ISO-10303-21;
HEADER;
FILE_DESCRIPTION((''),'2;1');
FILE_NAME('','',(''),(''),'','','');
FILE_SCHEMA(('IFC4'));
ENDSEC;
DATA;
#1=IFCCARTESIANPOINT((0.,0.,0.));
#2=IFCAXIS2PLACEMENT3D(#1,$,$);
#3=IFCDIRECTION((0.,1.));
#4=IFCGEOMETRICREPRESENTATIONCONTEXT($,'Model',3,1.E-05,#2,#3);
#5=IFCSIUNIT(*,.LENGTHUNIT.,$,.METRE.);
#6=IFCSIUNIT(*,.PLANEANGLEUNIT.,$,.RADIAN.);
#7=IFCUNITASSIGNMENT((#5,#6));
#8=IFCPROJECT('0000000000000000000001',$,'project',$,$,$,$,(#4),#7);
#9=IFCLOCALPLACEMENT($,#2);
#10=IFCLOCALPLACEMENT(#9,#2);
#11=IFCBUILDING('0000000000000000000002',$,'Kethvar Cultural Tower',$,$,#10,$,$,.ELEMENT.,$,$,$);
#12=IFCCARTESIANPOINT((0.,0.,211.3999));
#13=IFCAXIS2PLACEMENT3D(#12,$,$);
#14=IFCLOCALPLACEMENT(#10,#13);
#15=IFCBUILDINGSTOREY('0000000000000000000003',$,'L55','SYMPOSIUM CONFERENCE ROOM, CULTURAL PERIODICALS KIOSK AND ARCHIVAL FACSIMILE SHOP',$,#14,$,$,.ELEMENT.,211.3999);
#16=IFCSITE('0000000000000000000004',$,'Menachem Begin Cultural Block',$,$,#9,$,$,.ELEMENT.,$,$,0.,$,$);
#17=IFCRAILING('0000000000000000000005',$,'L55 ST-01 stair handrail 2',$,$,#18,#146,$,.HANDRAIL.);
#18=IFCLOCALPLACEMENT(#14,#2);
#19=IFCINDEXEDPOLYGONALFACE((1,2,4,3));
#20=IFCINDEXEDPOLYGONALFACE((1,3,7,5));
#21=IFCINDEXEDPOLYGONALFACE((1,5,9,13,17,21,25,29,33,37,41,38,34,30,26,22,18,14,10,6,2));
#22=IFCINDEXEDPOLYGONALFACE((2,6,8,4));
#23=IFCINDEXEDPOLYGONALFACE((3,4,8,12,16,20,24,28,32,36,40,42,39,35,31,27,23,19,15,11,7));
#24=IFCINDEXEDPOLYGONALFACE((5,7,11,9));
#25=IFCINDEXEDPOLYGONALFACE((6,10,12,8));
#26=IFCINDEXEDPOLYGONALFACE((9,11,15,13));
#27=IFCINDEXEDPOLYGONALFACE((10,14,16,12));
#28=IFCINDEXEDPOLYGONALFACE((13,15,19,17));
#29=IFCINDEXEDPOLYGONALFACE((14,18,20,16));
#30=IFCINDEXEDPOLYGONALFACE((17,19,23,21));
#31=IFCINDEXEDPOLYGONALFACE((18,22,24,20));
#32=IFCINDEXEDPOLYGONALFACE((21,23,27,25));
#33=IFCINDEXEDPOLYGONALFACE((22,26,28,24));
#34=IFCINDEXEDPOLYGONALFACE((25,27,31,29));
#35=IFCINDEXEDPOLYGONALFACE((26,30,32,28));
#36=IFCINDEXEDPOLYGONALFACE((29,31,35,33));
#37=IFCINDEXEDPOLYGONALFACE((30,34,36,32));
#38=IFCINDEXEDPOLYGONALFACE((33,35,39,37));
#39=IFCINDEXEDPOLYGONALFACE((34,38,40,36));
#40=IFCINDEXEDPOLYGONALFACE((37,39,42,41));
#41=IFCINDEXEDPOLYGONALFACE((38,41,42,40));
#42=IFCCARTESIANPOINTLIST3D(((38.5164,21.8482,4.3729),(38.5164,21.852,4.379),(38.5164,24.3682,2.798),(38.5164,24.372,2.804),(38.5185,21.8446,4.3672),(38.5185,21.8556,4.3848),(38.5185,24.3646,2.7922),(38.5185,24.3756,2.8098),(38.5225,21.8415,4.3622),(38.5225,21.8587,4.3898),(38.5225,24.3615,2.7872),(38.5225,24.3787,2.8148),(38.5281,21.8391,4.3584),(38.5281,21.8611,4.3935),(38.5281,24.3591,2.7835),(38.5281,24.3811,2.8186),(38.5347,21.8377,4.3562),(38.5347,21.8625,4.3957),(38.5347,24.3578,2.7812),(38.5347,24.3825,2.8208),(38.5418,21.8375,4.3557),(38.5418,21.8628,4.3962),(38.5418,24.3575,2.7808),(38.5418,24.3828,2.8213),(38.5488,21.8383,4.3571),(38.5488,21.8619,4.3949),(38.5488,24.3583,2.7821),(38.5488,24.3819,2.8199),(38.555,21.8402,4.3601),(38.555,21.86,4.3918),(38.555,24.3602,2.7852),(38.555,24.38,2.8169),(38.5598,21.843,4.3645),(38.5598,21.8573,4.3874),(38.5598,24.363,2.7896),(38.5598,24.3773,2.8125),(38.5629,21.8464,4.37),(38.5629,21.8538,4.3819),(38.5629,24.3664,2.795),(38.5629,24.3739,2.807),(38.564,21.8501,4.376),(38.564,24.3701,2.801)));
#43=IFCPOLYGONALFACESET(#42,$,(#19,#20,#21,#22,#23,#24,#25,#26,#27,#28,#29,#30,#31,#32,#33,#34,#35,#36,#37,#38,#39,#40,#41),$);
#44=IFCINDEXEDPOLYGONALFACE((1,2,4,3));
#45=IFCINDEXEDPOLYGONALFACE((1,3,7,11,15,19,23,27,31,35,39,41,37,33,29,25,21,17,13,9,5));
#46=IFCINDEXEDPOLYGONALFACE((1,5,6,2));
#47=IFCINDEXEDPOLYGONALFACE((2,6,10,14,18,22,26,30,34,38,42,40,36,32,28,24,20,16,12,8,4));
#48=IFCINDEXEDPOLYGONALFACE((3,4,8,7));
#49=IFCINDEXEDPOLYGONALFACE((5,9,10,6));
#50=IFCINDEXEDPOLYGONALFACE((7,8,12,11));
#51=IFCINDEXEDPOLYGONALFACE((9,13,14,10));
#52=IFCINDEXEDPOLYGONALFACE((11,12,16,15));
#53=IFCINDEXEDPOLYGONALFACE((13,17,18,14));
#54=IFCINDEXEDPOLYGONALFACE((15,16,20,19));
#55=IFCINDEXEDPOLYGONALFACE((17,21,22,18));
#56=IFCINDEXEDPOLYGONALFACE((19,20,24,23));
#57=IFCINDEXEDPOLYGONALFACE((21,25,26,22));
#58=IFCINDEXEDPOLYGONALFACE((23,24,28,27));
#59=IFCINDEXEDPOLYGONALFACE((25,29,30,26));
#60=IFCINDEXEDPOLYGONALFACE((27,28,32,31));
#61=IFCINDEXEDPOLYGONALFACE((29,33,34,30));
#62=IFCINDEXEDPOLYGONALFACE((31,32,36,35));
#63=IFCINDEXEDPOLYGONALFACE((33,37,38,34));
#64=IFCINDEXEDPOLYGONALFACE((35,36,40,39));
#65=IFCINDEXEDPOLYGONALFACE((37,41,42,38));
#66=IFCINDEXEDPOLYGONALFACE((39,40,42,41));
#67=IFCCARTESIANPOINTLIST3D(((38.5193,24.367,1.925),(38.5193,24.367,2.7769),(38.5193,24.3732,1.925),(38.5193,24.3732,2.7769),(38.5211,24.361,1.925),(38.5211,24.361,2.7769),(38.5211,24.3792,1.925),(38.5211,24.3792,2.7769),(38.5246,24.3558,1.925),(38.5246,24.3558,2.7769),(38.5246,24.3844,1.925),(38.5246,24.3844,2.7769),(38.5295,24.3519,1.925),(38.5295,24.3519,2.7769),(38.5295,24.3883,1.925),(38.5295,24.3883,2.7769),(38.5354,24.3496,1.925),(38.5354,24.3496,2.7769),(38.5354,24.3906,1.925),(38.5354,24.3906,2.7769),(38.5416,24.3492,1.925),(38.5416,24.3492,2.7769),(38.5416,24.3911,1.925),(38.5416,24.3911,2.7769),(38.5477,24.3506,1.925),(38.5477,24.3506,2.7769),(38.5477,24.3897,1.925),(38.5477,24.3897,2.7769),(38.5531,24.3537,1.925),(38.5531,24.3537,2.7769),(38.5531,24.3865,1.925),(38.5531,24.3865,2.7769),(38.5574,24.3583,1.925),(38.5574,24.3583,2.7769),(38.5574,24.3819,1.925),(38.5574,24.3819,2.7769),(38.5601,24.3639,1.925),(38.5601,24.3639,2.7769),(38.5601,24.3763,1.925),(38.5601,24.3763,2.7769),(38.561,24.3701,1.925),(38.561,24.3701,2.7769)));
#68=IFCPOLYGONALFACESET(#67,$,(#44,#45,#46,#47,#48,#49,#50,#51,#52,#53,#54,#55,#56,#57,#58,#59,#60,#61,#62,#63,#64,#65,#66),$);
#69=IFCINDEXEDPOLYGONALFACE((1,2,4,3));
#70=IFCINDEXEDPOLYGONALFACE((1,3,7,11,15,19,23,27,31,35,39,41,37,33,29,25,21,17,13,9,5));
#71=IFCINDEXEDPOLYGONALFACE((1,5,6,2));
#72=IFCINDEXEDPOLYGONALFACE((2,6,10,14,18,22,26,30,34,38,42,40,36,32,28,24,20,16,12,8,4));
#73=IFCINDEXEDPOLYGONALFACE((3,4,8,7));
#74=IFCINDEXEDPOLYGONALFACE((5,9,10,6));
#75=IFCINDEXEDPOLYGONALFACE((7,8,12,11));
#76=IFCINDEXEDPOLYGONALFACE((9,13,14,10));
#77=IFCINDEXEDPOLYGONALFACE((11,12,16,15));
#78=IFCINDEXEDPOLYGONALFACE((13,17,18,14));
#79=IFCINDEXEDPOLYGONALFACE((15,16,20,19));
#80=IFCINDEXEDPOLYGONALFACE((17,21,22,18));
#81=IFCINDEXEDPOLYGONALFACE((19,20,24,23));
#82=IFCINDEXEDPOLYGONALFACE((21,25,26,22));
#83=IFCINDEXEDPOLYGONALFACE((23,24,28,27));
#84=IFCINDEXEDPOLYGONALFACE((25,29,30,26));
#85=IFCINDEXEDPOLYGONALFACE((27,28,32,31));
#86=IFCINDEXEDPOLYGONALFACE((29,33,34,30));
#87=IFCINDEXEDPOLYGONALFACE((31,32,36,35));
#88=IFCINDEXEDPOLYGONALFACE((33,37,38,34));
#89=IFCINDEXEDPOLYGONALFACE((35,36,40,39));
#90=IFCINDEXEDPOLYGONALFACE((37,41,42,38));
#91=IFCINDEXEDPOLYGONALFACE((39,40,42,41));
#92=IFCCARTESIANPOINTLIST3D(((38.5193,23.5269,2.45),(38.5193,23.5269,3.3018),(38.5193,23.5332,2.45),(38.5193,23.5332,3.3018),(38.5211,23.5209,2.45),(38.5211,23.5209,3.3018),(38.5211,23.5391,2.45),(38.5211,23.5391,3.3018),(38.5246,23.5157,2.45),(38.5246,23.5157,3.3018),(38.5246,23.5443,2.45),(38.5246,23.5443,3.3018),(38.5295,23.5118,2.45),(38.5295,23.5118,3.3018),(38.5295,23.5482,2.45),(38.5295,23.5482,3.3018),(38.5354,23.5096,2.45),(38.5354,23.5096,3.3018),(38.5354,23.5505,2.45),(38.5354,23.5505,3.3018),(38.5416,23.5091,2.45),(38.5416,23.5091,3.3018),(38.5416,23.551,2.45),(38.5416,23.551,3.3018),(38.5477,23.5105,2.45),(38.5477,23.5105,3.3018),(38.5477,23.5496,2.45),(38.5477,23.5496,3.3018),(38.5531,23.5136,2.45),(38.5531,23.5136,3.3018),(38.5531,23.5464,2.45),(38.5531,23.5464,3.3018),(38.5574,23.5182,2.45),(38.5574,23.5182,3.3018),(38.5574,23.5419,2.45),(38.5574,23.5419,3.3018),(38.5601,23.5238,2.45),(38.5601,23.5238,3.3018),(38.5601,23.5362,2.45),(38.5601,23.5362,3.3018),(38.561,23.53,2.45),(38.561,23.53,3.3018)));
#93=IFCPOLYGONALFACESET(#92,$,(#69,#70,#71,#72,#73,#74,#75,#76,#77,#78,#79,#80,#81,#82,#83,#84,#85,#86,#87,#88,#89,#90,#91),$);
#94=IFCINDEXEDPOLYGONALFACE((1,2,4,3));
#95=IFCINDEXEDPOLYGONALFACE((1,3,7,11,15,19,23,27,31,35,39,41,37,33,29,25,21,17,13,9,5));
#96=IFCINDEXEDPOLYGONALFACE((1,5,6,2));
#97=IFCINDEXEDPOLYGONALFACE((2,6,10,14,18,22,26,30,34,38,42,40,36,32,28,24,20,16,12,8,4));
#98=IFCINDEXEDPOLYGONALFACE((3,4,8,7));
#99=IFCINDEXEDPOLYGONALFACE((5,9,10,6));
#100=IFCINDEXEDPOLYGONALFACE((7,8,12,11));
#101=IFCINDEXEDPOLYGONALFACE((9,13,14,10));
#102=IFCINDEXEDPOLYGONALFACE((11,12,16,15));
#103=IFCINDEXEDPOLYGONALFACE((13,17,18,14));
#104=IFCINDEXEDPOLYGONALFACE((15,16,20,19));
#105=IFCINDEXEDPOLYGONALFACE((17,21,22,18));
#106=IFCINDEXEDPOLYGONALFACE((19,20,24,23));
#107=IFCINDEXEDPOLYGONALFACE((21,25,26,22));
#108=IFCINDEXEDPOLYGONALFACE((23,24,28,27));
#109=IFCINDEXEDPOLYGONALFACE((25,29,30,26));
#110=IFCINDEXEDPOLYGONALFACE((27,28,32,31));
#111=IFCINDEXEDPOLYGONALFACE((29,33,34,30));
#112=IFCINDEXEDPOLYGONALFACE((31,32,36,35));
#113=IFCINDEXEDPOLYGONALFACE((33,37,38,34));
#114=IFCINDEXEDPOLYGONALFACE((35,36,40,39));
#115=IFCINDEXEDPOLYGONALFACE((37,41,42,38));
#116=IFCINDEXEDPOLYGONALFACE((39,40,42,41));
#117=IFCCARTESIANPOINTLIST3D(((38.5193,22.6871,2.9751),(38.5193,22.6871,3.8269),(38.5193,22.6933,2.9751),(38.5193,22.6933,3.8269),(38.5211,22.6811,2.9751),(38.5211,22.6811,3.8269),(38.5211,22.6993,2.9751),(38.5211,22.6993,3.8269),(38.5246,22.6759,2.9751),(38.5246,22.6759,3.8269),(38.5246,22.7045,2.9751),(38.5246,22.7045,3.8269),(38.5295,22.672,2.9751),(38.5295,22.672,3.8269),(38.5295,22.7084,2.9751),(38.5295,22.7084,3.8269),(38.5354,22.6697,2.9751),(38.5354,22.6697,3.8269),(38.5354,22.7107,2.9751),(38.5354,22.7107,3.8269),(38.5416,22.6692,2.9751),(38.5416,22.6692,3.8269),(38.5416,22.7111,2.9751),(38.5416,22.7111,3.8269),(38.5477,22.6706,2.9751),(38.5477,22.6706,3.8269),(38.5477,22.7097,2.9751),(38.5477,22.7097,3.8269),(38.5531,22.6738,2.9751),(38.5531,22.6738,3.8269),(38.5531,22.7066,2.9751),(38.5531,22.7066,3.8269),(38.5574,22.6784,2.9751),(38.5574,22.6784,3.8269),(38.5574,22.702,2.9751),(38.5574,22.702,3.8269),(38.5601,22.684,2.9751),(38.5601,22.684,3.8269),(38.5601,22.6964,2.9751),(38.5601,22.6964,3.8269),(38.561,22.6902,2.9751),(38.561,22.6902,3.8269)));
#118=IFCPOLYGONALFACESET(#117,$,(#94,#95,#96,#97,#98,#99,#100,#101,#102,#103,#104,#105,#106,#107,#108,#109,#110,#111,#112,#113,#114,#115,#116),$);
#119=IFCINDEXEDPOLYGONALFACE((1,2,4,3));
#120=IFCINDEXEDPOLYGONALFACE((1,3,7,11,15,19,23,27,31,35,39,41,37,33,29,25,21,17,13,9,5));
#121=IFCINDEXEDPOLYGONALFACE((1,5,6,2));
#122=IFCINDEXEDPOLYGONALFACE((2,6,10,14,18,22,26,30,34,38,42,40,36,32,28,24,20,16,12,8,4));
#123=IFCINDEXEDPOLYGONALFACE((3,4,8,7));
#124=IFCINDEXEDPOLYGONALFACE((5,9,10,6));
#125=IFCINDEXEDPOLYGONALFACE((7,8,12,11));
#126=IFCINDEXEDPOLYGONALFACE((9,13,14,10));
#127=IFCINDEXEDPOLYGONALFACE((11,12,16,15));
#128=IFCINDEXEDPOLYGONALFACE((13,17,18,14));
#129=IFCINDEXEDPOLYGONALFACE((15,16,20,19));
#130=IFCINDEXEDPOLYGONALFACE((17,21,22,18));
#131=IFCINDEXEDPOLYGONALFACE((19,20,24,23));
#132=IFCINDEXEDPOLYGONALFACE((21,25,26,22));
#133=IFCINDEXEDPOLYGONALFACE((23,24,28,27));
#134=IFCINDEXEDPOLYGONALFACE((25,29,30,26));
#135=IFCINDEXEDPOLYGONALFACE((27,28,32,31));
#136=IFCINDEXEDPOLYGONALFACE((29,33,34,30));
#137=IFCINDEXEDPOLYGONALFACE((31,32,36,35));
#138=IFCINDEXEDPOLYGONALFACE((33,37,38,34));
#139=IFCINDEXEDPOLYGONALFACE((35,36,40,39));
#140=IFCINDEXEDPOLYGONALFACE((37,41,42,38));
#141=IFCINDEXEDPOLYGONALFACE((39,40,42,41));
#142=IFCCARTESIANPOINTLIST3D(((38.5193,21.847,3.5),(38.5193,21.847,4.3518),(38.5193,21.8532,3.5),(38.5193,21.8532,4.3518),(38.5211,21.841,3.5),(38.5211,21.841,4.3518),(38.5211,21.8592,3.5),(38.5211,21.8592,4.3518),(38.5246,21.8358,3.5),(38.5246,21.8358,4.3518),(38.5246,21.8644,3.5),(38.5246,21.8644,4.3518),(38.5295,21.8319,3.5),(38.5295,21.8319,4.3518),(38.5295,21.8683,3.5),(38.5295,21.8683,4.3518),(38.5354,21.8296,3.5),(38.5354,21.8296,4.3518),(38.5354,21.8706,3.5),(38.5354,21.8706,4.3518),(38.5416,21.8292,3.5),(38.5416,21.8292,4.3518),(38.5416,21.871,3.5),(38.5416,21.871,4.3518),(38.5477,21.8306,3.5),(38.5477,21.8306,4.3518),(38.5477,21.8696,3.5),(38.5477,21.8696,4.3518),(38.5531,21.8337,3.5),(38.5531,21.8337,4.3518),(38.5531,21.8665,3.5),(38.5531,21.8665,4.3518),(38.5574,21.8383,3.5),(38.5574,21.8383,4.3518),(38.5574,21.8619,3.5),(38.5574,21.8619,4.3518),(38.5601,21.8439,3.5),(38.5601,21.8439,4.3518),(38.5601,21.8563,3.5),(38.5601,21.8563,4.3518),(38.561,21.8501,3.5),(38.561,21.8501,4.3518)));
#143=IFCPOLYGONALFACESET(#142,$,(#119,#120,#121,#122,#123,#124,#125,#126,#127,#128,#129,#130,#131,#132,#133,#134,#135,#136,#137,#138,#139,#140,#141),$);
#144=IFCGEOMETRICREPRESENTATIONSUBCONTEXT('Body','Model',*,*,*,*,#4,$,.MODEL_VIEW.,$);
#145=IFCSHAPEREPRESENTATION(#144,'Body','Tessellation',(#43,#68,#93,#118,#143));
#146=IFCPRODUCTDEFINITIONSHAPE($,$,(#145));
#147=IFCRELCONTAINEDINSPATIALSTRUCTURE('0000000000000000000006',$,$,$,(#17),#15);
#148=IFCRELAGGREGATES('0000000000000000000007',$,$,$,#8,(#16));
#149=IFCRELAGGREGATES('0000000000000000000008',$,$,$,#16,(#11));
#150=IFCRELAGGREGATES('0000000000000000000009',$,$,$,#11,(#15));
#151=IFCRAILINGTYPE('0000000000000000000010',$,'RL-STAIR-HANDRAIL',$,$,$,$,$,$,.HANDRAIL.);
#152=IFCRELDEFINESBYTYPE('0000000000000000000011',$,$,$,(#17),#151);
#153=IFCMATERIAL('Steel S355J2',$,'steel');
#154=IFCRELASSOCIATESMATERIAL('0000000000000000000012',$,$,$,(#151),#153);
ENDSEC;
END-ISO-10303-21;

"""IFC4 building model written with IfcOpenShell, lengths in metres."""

from ifc_helpers import new_model, si_unit, direction, frame, origin, origin_2d, place, context, subcontext, project, spatial, circle, extrude, material, type_object, element, save


model = new_model("IFC4")

# Units and contexts
model_context = context("Model", 3, precision=1e-05, world=origin(), true_north=direction((0.0, 1.0)))
body_context = subcontext(model_context, "Body", "Model", "MODEL_VIEW")
ifc_project = project(units=[si_unit("LENGTHUNIT", "METRE"), si_unit("PLANEANGLEUNIT", "RADIAN")], contexts=[model_context])

# Site, building, storey
site_placement = place(None, origin())
site = spatial("IfcSite", under=ifc_project, at=site_placement, Name="Menachem Begin Cultural Block", CompositionType="ELEMENT", RefElevation=0.0)
building_placement = place(site_placement, origin())
building = spatial("IfcBuilding", under=site, at=building_placement, Name="Kethvar Cultural Tower", CompositionType="ELEMENT")
storey_placement = place(building_placement, frame((0.0, 0.0, 211.3999)))
storey = spatial("IfcBuildingStorey", under=building, at=storey_placement, Name="L55", Description="SYMPOSIUM CONFERENCE ROOM, CULTURAL PERIODICALS KIOSK AND ARCHIVAL FACSIMILE SHOP", CompositionType="ELEMENT", Elevation=211.3999)

# Shared definitions
ifc_material_1 = material(Name="Steel S355J2", Category="steel")

# Railing
railing_type_1 = type_object("IfcRailingType", Name="RL-STAIR-HANDRAIL", PredefinedType="HANDRAIL", material=ifc_material_1)
railing_1_placement = place(storey_placement, frame((38.54, 24.3701, 1.925)))
element("IfcRailing", 1, at=railing_1_placement, inside=storey, type_object=railing_type_1, Name="L55 ST-01 stair handrail 2", PredefinedType="HANDRAIL", context=body_context, shape_type="SweptSolid", body=[
    extrude(circle(Radius=0.0239, at=origin_2d()), frame((0.0, 0.0, 0.876), z_axis=(0.0, -0.848008, 0.529984), x_axis=(1.0, 0.0, 0.0)), (0.0, 0.0, 1.0), 2.9717),
    extrude(circle(Radius=0.021, at=origin_2d()), origin(), (0.0, 0.0, 1.0), 0.8518),
    extrude(circle(Radius=0.021, at=origin_2d()), frame((0.0, -0.8401, 0.5249)), (0.0, 0.0, 1.0), 0.8518),
    extrude(circle(Radius=0.021, at=origin_2d()), frame((0.0, -1.6799, 1.05)), (0.0, 0.0, 1.0), 0.8518),
    extrude(circle(Radius=0.021, at=origin_2d()), frame((0.0, -2.52, 1.575)), (0.0, 0.0, 1.0), 0.8518),
])

save(model, "model.ifc")
